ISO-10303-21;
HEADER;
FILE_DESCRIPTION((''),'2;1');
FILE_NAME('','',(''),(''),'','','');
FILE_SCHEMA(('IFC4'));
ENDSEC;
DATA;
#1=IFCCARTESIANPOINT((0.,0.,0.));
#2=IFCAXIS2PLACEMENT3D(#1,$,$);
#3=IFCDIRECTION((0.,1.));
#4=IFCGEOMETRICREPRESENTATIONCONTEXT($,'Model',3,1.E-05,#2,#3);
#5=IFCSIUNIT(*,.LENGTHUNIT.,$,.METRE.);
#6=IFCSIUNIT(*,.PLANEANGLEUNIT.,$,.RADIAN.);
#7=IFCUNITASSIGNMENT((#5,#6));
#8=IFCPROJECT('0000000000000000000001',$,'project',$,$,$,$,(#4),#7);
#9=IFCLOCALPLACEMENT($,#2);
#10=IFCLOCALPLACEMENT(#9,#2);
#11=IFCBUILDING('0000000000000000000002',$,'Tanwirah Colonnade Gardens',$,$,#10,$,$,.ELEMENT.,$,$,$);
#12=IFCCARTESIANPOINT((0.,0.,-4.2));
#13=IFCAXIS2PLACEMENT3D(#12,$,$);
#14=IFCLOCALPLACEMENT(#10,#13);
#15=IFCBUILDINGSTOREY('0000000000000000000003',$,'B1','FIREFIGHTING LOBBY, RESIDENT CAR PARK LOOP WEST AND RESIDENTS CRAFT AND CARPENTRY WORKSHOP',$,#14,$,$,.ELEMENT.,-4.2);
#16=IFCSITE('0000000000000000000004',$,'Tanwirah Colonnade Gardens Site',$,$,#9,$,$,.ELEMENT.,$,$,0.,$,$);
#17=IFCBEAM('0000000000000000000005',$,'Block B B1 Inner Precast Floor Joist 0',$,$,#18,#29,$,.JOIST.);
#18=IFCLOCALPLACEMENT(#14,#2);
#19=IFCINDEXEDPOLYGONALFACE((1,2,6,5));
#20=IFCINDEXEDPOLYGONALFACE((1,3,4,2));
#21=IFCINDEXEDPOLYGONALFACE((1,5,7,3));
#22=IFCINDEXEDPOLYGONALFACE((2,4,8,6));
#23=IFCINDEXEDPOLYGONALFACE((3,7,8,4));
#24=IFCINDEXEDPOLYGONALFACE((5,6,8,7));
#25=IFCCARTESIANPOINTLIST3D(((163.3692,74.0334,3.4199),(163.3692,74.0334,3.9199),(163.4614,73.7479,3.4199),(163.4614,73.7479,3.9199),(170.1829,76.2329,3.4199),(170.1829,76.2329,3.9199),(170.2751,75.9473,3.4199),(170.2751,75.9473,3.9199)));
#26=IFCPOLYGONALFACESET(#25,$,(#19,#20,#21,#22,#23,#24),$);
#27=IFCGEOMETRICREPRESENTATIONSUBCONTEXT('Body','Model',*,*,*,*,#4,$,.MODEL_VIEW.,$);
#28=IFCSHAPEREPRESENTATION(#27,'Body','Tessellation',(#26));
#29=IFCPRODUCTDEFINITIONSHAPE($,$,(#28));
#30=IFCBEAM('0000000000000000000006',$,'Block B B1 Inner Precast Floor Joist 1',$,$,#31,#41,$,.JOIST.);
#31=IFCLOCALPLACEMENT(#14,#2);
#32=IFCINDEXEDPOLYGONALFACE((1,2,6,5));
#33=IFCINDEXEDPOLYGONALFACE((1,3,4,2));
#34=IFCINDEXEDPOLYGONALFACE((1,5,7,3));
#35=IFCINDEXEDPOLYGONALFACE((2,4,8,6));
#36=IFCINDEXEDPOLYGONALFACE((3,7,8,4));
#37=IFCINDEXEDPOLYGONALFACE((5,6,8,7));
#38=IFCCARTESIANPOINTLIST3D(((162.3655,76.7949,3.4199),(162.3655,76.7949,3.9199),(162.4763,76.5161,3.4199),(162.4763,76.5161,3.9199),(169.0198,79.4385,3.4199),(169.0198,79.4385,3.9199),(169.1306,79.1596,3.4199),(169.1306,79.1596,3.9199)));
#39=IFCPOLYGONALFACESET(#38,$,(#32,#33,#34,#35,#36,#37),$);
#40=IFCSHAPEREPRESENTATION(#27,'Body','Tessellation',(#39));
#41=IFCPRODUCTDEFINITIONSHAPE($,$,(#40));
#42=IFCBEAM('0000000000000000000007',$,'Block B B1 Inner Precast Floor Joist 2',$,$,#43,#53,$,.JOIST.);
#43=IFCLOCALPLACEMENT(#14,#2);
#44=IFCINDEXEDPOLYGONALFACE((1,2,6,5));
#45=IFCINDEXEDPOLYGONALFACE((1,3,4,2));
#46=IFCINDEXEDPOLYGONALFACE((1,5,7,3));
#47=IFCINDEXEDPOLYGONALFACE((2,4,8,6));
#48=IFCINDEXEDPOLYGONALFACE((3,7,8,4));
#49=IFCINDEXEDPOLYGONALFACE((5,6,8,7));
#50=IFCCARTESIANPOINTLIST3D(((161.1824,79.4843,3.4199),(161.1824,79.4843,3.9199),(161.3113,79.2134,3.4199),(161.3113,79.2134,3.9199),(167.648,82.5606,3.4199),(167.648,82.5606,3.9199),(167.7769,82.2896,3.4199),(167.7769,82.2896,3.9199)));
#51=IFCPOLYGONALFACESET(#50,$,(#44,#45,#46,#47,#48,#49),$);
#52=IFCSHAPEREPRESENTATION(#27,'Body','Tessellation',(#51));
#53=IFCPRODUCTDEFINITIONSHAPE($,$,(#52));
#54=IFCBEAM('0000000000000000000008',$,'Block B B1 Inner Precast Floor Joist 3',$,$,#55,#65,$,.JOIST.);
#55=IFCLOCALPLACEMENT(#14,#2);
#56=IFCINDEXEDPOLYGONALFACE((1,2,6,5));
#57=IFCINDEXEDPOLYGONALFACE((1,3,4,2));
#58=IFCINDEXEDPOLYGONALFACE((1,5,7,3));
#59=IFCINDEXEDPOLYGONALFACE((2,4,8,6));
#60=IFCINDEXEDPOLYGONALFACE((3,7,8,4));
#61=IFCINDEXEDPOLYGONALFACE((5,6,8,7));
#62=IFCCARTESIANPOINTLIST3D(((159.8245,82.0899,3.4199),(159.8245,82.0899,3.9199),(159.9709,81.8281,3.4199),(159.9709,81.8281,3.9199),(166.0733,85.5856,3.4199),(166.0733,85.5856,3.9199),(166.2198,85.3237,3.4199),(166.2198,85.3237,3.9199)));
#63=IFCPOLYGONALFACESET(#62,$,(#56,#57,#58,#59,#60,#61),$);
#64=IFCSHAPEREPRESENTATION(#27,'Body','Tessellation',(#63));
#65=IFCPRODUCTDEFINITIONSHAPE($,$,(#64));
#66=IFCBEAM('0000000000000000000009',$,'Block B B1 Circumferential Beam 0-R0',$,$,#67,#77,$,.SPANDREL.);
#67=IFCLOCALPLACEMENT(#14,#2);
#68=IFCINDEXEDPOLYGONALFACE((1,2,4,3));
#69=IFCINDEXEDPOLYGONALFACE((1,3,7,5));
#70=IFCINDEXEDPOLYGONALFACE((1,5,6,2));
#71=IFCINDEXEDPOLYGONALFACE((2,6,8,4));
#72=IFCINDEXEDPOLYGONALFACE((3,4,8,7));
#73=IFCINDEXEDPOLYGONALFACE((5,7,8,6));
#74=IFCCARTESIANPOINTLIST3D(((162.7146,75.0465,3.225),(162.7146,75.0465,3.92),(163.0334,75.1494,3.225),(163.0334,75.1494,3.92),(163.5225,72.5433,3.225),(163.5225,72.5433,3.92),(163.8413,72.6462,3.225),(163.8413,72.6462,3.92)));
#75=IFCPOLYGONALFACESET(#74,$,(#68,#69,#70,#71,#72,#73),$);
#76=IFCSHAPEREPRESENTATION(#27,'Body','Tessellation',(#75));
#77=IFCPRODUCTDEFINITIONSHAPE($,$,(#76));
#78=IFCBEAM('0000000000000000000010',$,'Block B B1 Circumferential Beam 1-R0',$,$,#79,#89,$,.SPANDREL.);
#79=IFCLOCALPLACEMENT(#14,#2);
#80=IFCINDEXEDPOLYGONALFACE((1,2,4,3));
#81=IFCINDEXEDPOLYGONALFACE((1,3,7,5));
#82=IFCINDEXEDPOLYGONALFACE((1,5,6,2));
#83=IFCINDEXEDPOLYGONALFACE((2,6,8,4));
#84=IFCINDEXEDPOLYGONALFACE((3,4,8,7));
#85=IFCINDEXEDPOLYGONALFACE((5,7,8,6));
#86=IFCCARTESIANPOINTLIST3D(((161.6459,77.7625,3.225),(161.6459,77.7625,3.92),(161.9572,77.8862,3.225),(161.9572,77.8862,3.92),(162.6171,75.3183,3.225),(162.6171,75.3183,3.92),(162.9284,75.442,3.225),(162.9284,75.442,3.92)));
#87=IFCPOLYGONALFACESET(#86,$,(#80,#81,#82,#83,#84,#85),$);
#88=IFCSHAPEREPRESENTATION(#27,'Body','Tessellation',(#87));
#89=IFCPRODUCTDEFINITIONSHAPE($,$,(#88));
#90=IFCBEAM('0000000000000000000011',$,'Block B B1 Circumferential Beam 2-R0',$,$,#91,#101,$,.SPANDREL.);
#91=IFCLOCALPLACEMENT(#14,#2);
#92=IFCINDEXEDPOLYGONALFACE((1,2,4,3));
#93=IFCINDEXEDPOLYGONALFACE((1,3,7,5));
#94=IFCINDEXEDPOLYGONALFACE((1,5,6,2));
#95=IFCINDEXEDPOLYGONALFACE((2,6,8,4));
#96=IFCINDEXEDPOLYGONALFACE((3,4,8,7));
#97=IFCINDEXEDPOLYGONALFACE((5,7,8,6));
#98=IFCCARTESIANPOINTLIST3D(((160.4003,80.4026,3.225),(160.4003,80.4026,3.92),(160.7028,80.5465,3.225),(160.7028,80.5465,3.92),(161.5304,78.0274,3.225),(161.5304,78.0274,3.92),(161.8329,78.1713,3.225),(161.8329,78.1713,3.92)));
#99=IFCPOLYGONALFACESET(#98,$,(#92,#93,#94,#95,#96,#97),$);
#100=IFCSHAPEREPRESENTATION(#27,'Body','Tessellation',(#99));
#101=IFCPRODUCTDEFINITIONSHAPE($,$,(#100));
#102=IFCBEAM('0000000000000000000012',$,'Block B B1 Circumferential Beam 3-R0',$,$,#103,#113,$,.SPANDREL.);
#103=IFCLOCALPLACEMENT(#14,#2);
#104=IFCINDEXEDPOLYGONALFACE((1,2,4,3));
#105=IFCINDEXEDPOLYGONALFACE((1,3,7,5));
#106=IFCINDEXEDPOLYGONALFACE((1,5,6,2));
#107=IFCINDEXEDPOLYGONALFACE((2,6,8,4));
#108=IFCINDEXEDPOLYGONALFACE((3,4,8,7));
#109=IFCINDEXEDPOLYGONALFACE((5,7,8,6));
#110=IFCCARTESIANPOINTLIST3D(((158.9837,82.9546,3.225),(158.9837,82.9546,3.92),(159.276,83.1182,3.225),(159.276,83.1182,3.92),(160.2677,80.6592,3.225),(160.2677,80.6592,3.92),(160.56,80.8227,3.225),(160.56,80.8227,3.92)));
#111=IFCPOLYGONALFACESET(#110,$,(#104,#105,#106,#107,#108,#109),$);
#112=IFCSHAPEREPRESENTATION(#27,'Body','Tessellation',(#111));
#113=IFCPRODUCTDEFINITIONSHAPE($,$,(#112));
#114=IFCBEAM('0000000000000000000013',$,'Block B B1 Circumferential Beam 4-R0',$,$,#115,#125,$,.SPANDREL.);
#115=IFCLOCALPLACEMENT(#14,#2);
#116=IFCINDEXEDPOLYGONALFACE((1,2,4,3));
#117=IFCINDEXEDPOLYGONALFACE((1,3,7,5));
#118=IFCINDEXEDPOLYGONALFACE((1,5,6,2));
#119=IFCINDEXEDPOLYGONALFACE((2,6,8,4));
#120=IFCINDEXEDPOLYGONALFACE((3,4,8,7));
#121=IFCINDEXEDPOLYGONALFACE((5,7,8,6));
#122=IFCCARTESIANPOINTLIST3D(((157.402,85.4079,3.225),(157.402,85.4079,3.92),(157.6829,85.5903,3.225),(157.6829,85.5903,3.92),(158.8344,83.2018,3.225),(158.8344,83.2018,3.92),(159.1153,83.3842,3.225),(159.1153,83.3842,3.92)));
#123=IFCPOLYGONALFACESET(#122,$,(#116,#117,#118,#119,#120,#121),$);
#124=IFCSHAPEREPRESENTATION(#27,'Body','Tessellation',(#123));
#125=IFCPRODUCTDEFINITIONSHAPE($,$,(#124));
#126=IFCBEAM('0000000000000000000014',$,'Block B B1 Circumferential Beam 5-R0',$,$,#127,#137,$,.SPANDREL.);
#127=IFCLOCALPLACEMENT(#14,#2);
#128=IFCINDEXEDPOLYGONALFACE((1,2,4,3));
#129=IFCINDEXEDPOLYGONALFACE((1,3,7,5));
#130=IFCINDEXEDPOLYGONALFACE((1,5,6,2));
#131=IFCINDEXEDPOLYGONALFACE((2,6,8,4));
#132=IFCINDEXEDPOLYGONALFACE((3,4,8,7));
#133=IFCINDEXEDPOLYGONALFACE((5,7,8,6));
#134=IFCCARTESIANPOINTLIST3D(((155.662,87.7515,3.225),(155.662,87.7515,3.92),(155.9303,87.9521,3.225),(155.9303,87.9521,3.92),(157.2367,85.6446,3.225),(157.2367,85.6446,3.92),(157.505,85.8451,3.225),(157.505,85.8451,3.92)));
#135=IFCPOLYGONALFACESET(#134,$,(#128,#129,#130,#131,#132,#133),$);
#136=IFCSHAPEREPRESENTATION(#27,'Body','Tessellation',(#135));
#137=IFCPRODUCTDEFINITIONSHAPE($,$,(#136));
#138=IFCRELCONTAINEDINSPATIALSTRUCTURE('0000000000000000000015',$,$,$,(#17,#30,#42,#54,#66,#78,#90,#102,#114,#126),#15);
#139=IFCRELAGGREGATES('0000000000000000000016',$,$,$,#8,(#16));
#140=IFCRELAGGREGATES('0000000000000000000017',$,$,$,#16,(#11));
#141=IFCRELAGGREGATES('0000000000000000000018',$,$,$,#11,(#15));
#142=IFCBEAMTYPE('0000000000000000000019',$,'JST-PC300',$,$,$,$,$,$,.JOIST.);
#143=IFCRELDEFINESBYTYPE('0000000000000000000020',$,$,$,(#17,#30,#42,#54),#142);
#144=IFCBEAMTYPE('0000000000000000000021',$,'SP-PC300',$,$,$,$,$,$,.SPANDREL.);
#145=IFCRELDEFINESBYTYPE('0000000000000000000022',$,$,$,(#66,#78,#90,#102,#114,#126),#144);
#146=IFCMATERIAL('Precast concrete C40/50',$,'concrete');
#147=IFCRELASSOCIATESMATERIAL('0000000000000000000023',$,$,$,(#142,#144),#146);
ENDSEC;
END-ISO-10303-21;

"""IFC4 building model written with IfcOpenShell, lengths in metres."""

from ifc_helpers import new_model, si_unit, direction, frame, origin, origin_2d, place, context, subcontext, project, spatial, rectangle, extrude, material, material_profile, profile_set, type_object, element, save


model = new_model("IFC4")

# Units and contexts
model_context = context("Model", 3, precision=1e-05, world=origin(), true_north=direction((0.0, 1.0)))
body_context = subcontext(model_context, "Body", "Model", "MODEL_VIEW")
ifc_project = project(units=[si_unit("LENGTHUNIT", "METRE"), si_unit("PLANEANGLEUNIT", "RADIAN")], contexts=[model_context])

# Site, building, storey
site_placement = place(None, origin())
site = spatial("IfcSite", under=ifc_project, at=site_placement, Name="Tanwirah Colonnade Gardens Site", CompositionType="ELEMENT", RefElevation=0.0)
building_placement = place(site_placement, origin())
building = spatial("IfcBuilding", under=site, at=building_placement, Name="Tanwirah Colonnade Gardens", CompositionType="ELEMENT")
storey_placement = place(building_placement, frame((0.0, 0.0, -4.2)))
storey = spatial("IfcBuildingStorey", under=building, at=storey_placement, Name="B1", Description="FIREFIGHTING LOBBY, RESIDENT CAR PARK LOOP WEST AND RESIDENTS CRAFT AND CARPENTRY WORKSHOP", CompositionType="ELEMENT", Elevation=-4.2)

# Beams
ifc_material_1 = material(Name="Precast concrete C40/50", Category="concrete")
ifc_material_profile_1 = material_profile(ifc_material_1, rectangle(XDim=0.3, YDim=0.5, at=origin_2d()), Name="PC-JST 300x500")
ifc_profile_set_1 = profile_set([ifc_material_profile_1], Name="Precast concrete C40/50")
beam_type_1 = type_object("IfcBeamType", Name="JST-PC300", PredefinedType="JOIST", material=ifc_profile_set_1)
beam_1_placement = place(storey_placement, frame((163.4153, 73.8906, 3.6699), z_axis=(0.951648, 0.307191, 0.0), x_axis=(-0.307191, 0.951648, 0.0)))
element("IfcBeam", 1, at=beam_1_placement, inside=storey, type_object=beam_type_1, Name="Block B B1 Inner Precast Floor Joist 0", PredefinedType="JOIST", context=body_context, shape_type="SweptSolid", body=[
    extrude(rectangle(XDim=0.3, YDim=0.5, at=origin_2d()), origin(), (0.0, 0.0, 1.0), 7.1599),
])
for number, where, z_axis, x_axis, name in (
    (2, (162.4209, 76.6555, 3.6699), (0.929349, 0.369203, 0.0), (-0.369203, 0.929349, 0.0), "Block B B1 Inner Precast Floor Joist 1"),
    (3, (161.2468, 79.3489, 3.6699), (0.903005, 0.429629, 0.0), (-0.429629, 0.903005, 0.0), "Block B B1 Inner Precast Floor Joist 2"),
    (4, (159.8977, 81.959, 3.6699), (0.872727, 0.488209, 0.0), (-0.488209, 0.872727, 0.0), "Block B B1 Inner Precast Floor Joist 3"),
):
    element("IfcBeam", number, at=place(storey_placement, frame(where, z_axis=z_axis, x_axis=x_axis)), inside=storey, type_object=beam_type_1, Name=name, PredefinedType="JOIST", context=body_context, shape_type="SweptSolid", body=[
        extrude(rectangle(XDim=0.3, YDim=0.5, at=origin_2d()), origin(), (0.0, 0.0, 1.0), 7.1602),
    ])
ifc_material_profile_2 = material_profile(ifc_material_1, rectangle(XDim=0.335, YDim=0.6951, at=origin_2d()), Name="PC-SP 335x695")
ifc_profile_set_2 = profile_set([ifc_material_profile_2], Name="Precast concrete C40/50")
beam_type_2 = type_object("IfcBeamType", Name="SP-PC300", PredefinedType="SPANDREL", material=ifc_profile_set_2)
beam_2_placement = place(storey_placement, frame((163.6819, 72.5947, 3.5725), z_axis=(-0.307136, 0.951666, 0.0), x_axis=(-0.951666, -0.307136, 0.0)))
element("IfcBeam", 5, at=beam_2_placement, inside=storey, type_object=beam_type_2, Name="Block B B1 Circumferential Beam 0-R0", PredefinedType="SPANDREL", context=body_context, shape_type="SweptSolid", body=[
    extrude(rectangle(XDim=0.335, YDim=0.6951, at=origin_2d()), origin(), (0.0, 0.0, 1.0), 2.6304),
])
beam_3_placement = place(storey_placement, frame((162.7727, 75.3801, 3.5725), z_axis=(-0.369245, 0.929332, 0.0), x_axis=(-0.929332, -0.369245, 0.0)))
element("IfcBeam", 6, at=beam_3_placement, inside=storey, type_object=beam_type_2, Name="Block B B1 Circumferential Beam 1-R0", PredefinedType="SPANDREL", context=body_context, shape_type="SweptSolid", body=[
    extrude(rectangle(XDim=0.335, YDim=0.6951, at=origin_2d()), origin(), (0.0, 0.0, 1.0), 2.6301),
])
beam_4_placement = place(storey_placement, frame((161.6816, 78.0994, 3.5725), z_axis=(-0.429642, 0.902999, 0.0), x_axis=(-0.902999, -0.429642, 0.0)))
element("IfcBeam", 7, at=beam_4_placement, inside=storey, type_object=beam_type_2, Name="Block B B1 Circumferential Beam 2-R0", PredefinedType="SPANDREL", context=body_context, shape_type="SweptSolid", body=[
    extrude(rectangle(XDim=0.335, YDim=0.6951, at=origin_2d()), origin(), (0.0, 0.0, 1.0), 2.6304),
])
beam_5_placement = place(storey_placement, frame((160.4138, 80.741, 3.5725), z_axis=(-0.488171, 0.872748, 0.0), x_axis=(-0.872748, -0.488171, 0.0)))
element("IfcBeam", 8, at=beam_5_placement, inside=storey, type_object=beam_type_2, Name="Block B B1 Circumferential Beam 3-R0", PredefinedType="SPANDREL", context=body_context, shape_type="SweptSolid", body=[
    extrude(rectangle(XDim=0.335, YDim=0.6951, at=origin_2d()), origin(), (0.0, 0.0, 1.0), 2.6301),
])
for number, where, z_axis, x_axis, name in (
    (9, (158.9749, 83.293, 3.5725), (-0.544571, 0.838715, 0.0), (-0.838715, -0.544571, 0.0), "Block B B1 Circumferential Beam 4-R0"),
    (10, (157.3708, 85.7449, 3.5725), (-0.598663, 0.801001, 0.0), (-0.801001, -0.598663, 0.0), "Block B B1 Circumferential Beam 5-R0"),
):
    element("IfcBeam", number, at=place(storey_placement, frame(where, z_axis=z_axis, x_axis=x_axis)), inside=storey, type_object=beam_type_2, Name=name, PredefinedType="SPANDREL", context=body_context, shape_type="SweptSolid", body=[
        extrude(rectangle(XDim=0.335, YDim=0.6951, at=origin_2d()), origin(), (0.0, 0.0, 1.0), 2.6304),
    ])

save(model, "model.ifc")
